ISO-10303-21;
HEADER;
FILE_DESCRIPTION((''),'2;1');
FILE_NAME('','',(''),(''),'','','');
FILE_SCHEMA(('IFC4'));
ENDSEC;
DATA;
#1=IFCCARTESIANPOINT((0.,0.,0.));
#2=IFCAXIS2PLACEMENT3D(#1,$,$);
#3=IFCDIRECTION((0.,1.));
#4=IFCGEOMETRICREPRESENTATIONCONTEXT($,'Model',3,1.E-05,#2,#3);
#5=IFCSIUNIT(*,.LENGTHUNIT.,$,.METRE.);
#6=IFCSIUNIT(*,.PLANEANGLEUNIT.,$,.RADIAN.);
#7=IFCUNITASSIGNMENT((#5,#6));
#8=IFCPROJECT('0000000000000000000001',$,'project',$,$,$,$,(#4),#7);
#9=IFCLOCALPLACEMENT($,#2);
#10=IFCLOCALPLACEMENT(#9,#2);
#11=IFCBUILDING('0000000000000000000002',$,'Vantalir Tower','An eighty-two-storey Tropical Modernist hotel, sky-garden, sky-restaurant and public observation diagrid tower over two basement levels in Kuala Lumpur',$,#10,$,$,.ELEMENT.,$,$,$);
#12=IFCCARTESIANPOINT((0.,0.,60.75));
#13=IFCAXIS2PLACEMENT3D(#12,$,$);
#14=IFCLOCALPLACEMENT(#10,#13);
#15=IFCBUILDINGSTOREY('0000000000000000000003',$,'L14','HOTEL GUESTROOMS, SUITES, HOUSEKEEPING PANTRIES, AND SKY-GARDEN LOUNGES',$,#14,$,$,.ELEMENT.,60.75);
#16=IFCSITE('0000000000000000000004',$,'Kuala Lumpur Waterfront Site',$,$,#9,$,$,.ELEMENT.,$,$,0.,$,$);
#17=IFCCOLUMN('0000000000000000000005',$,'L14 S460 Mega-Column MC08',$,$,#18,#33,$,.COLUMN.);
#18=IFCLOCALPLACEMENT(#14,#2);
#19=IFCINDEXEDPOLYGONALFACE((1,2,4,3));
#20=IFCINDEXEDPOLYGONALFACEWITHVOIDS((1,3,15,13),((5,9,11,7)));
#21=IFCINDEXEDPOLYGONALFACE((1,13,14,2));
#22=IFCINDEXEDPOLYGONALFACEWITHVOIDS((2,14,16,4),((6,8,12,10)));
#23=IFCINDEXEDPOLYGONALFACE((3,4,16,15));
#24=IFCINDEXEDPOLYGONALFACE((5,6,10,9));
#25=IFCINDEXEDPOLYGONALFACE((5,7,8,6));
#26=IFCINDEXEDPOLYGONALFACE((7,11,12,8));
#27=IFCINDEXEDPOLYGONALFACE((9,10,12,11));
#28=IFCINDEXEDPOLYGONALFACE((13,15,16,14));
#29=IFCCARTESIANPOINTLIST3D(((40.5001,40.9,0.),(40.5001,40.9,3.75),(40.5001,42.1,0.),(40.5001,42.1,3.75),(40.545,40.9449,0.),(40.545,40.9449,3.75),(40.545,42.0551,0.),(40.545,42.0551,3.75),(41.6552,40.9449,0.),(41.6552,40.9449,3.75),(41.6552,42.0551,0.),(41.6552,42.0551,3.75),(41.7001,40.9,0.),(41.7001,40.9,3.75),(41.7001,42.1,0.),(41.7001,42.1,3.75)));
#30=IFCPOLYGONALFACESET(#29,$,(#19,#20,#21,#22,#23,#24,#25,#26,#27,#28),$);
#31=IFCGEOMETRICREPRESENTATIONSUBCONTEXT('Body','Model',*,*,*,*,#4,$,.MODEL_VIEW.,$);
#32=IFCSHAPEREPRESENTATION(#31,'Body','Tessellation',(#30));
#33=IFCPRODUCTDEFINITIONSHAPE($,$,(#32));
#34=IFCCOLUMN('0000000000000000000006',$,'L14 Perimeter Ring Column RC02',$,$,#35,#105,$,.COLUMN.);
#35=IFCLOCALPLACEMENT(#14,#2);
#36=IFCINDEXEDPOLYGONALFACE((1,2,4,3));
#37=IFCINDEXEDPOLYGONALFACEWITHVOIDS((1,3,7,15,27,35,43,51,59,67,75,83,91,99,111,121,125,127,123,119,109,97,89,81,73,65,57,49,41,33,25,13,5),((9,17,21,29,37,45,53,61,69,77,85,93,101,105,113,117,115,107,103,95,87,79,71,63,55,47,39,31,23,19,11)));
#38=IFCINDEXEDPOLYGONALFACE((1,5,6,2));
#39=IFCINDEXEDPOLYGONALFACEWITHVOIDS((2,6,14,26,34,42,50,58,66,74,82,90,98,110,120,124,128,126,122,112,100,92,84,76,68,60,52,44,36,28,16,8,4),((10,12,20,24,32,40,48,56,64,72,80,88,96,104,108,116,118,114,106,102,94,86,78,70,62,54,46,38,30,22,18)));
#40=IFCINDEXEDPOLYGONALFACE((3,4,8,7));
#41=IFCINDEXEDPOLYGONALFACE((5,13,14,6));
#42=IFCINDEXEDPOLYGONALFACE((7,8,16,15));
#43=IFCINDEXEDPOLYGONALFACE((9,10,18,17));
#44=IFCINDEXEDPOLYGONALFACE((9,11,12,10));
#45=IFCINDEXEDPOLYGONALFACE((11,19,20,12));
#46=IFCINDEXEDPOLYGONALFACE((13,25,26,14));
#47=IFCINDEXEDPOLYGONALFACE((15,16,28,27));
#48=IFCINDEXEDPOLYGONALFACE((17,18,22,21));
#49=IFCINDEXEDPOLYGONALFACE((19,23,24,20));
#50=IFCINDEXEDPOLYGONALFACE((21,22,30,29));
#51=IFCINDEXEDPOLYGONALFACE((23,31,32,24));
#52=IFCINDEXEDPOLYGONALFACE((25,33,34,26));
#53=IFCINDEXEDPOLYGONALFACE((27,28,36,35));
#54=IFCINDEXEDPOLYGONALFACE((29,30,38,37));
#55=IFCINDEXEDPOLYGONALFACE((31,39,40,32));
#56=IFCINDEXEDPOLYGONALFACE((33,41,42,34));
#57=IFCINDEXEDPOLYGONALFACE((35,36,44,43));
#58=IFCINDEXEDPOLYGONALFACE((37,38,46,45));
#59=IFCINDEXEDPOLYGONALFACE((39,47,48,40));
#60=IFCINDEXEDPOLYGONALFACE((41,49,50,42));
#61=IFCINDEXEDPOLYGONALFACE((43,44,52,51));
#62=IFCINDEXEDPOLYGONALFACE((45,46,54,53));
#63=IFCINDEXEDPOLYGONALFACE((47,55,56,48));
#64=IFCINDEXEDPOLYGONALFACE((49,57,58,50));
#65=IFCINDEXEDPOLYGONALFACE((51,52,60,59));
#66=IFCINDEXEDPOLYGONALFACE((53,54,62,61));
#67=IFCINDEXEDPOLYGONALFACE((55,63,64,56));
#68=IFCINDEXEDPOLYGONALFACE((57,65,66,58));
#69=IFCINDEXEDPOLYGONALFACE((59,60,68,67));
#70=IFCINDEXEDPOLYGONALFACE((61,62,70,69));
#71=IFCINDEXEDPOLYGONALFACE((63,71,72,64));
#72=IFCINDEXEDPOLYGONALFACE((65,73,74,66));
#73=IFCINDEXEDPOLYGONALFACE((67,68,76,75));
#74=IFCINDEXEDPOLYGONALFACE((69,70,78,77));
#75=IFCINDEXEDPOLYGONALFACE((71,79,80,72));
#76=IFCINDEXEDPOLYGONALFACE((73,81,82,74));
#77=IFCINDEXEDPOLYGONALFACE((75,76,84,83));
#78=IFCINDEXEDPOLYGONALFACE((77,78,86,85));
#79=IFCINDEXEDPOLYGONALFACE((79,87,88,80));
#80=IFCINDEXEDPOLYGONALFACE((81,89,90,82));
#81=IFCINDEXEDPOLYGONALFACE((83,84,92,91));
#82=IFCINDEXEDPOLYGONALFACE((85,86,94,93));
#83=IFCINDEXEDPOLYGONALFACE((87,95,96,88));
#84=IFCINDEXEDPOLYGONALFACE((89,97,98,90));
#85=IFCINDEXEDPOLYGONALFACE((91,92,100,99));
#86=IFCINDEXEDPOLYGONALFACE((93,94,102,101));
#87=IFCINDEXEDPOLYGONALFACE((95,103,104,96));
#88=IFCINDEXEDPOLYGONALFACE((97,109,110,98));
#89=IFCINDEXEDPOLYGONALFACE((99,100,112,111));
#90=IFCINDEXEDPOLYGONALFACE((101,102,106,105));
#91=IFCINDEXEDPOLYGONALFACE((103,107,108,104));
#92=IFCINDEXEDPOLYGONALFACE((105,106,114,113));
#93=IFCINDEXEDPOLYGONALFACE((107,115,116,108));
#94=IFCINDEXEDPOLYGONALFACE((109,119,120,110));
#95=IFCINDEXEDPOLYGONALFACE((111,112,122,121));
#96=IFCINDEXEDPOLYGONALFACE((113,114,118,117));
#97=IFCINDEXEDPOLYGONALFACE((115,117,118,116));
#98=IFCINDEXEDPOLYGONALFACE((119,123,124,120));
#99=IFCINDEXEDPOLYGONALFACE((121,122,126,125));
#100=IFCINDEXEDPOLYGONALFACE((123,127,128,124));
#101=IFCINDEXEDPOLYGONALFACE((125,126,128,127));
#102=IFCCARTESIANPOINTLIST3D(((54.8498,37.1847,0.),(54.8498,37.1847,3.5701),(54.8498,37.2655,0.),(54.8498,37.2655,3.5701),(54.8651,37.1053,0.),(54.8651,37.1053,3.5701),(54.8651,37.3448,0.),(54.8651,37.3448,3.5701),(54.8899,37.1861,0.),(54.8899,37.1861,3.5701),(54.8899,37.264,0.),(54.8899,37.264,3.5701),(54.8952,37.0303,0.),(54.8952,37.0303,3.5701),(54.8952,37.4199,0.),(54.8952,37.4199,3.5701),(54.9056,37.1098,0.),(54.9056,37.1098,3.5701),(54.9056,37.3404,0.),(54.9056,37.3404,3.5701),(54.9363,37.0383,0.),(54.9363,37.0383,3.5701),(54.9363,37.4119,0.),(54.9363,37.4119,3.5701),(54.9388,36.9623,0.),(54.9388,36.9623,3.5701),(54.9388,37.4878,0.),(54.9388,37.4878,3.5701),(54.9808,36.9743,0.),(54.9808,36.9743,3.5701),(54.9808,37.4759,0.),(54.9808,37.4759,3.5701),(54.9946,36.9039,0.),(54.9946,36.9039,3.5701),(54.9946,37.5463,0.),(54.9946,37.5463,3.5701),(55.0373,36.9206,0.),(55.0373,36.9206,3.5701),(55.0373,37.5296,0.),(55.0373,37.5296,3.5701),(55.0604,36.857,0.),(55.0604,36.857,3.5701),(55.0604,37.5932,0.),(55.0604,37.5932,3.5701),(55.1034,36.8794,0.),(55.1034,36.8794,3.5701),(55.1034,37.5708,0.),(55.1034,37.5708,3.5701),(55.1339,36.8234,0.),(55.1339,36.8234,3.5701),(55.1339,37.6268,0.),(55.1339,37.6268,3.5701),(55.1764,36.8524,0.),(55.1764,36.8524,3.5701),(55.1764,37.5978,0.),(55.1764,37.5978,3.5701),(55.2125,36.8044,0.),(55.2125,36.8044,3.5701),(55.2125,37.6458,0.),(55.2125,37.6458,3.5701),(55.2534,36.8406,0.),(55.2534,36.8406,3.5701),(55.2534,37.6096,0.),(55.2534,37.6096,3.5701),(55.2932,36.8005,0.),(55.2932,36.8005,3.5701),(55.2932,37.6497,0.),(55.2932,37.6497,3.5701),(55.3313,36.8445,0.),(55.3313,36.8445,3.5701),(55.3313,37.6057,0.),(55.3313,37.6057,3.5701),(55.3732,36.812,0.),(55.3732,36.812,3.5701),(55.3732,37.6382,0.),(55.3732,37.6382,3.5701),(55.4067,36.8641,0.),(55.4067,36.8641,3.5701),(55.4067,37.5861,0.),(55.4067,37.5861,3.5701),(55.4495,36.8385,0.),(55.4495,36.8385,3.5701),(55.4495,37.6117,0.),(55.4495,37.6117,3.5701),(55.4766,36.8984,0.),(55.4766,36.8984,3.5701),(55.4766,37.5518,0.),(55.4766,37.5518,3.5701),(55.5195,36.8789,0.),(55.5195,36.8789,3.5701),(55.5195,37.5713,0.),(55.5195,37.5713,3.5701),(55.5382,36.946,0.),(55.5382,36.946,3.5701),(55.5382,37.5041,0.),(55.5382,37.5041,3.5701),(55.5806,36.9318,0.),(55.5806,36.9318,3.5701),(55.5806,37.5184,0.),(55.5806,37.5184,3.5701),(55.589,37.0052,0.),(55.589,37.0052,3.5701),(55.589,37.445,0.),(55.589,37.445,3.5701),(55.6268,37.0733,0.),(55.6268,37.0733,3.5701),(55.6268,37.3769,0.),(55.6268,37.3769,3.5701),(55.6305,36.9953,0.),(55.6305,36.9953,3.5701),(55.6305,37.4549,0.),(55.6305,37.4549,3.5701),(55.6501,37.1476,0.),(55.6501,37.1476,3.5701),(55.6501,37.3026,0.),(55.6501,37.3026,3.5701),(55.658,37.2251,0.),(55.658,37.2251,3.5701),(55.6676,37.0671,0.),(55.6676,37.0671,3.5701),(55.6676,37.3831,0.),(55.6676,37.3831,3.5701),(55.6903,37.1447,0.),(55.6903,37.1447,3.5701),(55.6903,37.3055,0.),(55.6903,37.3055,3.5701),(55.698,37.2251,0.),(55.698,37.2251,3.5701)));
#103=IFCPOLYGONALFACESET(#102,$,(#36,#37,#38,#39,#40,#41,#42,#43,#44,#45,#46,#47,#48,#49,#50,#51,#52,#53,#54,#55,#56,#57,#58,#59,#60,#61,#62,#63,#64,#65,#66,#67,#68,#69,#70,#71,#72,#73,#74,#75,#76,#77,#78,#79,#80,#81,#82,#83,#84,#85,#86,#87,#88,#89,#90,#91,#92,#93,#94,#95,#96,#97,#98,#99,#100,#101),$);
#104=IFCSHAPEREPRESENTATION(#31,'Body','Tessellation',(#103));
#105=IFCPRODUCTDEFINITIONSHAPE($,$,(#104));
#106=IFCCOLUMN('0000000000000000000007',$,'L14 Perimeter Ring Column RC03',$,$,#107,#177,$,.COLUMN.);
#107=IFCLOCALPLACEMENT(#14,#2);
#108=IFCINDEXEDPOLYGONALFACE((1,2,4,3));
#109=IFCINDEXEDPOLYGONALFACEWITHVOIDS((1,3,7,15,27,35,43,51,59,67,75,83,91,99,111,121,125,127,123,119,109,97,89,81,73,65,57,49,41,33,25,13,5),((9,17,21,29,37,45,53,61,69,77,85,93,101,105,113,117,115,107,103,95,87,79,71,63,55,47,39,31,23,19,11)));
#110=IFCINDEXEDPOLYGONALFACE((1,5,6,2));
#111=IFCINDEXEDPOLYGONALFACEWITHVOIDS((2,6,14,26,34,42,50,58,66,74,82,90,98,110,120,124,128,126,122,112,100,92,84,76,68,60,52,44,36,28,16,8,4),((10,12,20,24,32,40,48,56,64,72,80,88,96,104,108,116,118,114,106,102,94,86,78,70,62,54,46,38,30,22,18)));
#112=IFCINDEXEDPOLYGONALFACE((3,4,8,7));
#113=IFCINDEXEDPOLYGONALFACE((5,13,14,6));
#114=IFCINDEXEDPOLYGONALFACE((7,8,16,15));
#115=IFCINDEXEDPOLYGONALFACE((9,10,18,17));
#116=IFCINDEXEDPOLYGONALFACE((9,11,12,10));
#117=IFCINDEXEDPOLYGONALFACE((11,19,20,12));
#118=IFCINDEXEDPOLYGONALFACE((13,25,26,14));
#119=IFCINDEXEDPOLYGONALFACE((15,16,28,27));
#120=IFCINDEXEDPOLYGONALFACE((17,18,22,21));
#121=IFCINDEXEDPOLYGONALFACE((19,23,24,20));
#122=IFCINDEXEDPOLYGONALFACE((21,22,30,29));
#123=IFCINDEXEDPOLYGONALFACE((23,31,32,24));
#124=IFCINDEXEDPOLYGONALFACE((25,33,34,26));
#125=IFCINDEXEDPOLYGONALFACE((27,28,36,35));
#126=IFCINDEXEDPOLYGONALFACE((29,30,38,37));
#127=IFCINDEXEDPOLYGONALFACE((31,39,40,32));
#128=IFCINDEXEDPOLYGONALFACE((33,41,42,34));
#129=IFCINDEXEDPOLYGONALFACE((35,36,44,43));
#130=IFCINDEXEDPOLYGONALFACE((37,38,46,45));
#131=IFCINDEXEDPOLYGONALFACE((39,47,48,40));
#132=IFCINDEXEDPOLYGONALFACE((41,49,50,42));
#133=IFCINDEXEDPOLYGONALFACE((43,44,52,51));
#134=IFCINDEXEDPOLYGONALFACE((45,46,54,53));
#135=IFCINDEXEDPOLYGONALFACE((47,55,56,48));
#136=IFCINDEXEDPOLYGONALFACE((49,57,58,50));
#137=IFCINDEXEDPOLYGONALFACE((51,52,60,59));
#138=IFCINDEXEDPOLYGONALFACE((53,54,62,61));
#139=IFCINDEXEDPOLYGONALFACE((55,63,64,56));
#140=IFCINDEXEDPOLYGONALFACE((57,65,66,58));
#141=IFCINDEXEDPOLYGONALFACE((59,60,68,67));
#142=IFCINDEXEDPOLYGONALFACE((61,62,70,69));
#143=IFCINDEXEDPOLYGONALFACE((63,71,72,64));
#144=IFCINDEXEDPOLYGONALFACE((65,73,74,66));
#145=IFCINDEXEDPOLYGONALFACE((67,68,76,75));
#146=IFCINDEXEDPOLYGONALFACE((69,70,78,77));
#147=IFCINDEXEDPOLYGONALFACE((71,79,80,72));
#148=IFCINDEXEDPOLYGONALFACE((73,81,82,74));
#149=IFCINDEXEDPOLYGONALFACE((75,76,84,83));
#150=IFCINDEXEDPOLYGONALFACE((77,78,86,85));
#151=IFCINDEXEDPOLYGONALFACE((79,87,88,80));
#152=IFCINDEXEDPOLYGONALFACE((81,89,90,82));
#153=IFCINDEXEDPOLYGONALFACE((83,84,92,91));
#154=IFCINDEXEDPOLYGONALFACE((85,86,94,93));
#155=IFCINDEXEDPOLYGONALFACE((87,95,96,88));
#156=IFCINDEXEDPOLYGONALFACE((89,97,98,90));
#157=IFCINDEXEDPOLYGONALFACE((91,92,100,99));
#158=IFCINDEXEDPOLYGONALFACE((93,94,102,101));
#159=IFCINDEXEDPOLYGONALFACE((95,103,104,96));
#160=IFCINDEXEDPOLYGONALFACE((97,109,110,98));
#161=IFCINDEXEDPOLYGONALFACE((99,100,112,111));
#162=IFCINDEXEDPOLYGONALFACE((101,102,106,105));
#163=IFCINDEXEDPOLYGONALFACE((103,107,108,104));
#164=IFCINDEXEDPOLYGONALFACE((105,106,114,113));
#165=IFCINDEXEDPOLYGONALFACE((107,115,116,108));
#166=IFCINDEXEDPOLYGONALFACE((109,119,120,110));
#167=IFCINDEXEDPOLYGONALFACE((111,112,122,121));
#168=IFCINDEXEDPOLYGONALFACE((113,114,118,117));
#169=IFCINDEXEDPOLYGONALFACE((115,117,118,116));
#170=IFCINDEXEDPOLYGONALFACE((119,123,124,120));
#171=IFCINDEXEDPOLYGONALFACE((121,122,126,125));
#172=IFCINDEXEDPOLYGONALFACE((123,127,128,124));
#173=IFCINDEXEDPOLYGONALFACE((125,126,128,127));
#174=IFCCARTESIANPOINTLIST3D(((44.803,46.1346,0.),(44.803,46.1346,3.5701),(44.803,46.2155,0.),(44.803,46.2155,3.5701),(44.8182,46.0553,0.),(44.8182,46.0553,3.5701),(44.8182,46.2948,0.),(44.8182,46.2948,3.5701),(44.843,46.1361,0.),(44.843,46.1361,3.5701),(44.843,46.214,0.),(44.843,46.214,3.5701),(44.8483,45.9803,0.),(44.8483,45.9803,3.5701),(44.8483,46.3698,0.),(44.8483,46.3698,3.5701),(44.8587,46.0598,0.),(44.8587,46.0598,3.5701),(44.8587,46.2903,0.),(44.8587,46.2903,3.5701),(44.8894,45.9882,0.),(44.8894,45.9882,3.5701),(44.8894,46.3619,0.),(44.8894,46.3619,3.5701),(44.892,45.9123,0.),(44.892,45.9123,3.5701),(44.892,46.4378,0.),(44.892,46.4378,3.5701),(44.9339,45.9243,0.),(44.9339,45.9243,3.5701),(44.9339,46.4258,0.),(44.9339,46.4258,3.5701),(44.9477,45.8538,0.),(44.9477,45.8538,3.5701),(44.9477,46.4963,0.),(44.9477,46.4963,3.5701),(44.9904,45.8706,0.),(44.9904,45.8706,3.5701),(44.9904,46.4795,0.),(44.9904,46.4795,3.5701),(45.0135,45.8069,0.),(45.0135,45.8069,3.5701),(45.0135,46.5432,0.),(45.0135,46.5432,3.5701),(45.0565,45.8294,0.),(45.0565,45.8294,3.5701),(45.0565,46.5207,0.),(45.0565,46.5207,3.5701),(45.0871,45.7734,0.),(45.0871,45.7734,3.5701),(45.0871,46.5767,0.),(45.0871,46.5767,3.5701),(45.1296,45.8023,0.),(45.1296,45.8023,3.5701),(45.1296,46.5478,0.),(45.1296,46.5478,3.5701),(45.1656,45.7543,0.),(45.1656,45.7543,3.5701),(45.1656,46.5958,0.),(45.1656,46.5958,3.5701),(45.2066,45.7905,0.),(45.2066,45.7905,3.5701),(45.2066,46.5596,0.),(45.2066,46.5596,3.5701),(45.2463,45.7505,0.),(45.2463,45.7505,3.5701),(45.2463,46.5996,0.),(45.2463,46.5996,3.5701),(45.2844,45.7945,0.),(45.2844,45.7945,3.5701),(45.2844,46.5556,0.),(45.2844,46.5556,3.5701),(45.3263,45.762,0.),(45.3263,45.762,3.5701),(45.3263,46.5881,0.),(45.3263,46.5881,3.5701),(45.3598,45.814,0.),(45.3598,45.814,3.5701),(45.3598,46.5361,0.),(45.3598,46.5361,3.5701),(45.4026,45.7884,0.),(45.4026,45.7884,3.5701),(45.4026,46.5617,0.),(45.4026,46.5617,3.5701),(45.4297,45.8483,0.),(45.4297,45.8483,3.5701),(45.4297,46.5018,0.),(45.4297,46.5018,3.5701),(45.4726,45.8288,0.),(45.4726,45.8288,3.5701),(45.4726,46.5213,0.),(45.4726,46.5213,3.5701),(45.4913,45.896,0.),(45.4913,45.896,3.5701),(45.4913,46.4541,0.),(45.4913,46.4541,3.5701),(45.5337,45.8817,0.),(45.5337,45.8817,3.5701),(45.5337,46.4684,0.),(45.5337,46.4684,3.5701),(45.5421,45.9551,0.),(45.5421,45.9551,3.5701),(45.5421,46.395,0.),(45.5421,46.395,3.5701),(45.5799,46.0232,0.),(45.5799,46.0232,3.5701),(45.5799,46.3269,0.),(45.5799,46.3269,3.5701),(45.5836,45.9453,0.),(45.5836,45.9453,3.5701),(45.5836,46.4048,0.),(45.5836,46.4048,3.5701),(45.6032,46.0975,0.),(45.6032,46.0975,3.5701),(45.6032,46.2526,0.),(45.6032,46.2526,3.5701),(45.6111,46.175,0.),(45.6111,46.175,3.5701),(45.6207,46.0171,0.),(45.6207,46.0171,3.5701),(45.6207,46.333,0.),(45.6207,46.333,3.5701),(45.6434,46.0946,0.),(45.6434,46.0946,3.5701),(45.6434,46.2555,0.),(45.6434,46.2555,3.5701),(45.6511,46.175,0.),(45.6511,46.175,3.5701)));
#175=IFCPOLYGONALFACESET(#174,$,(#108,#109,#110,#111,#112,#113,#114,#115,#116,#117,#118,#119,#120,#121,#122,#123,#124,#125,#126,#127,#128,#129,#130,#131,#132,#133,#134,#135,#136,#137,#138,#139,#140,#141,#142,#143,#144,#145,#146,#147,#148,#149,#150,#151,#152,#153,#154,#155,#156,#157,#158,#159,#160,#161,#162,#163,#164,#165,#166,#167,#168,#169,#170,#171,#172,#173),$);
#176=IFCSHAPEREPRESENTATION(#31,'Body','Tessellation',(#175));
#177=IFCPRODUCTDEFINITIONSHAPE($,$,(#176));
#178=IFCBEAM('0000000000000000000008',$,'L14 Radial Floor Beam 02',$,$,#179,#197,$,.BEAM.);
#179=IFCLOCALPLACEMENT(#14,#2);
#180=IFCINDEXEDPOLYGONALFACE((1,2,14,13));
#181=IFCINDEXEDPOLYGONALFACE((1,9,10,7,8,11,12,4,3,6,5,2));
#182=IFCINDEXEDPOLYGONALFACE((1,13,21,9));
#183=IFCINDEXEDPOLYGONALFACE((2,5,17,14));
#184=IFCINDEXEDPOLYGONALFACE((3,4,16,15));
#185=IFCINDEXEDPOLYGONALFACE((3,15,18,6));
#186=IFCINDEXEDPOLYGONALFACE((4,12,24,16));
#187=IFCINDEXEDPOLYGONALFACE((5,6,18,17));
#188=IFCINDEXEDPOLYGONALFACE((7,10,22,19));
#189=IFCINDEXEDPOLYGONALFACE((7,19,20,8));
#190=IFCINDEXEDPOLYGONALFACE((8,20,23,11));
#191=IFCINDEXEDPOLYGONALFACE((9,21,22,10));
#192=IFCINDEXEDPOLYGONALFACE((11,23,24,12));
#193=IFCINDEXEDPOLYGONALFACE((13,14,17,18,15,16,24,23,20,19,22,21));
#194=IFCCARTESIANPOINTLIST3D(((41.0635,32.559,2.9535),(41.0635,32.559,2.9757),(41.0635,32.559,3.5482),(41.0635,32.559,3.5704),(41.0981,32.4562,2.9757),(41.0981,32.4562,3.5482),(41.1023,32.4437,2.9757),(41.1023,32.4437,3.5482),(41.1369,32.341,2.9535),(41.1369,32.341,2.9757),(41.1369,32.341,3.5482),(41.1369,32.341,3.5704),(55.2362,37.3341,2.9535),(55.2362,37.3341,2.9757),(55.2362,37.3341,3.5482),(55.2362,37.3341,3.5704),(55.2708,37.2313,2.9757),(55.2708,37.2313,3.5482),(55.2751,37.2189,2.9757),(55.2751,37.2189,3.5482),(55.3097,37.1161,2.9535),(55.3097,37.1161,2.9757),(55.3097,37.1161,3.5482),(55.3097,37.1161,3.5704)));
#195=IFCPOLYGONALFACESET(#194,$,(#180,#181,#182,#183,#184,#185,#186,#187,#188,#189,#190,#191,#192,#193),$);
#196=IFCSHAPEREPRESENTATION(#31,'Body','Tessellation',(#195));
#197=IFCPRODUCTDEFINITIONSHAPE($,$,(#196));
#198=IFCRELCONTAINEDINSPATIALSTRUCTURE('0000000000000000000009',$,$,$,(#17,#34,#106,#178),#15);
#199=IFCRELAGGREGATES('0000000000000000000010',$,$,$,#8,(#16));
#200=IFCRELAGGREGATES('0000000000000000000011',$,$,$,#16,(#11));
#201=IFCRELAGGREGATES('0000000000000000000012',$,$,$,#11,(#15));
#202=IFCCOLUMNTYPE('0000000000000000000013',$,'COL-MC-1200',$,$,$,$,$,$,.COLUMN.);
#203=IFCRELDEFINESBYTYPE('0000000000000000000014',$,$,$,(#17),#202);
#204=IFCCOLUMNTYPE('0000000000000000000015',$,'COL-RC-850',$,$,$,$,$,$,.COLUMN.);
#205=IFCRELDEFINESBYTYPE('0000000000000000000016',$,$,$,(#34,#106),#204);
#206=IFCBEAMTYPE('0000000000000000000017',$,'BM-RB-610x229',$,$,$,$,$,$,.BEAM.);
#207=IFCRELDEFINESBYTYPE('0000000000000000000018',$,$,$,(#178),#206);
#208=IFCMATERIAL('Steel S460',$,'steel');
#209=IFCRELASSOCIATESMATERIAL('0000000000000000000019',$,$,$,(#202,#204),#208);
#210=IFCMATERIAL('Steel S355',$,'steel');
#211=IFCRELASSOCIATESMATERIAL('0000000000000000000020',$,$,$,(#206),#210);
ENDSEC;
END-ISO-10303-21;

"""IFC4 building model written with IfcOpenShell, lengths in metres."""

from ifc_helpers import new_model, si_unit, direction, frame, origin, origin_2d, place, context, subcontext, project, spatial, hollow_rectangle, hollow_circle, i_section, extrude, material, material_profile, profile_set, type_object, element, save


model = new_model("IFC4")

# Units and contexts
model_context = context("Model", 3, precision=1e-05, world=origin(), true_north=direction((0.0, 1.0)))
body_context = subcontext(model_context, "Body", "Model", "MODEL_VIEW")
ifc_project = project(units=[si_unit("LENGTHUNIT", "METRE"), si_unit("PLANEANGLEUNIT", "RADIAN")], contexts=[model_context])

# Site, building, storey
site_placement = place(None, origin())
site = spatial("IfcSite", under=ifc_project, at=site_placement, Name="Kuala Lumpur Waterfront Site", CompositionType="ELEMENT", RefElevation=0.0)
building_placement = place(site_placement, origin())
building = spatial("IfcBuilding", under=site, at=building_placement, Name="Vantalir Tower", Description="An eighty-two-storey Tropical Modernist hotel, sky-garden, sky-restaurant and public observation diagrid tower over two basement levels in Kuala Lumpur", CompositionType="ELEMENT")
storey_placement = place(building_placement, frame((0.0, 0.0, 60.75)))
storey = spatial("IfcBuildingStorey", under=building, at=storey_placement, Name="L14", Description="HOTEL GUESTROOMS, SUITES, HOUSEKEEPING PANTRIES, AND SKY-GARDEN LOUNGES", CompositionType="ELEMENT", Elevation=60.75)

# Columns
ifc_material_1 = material(Name="Steel S460", Category="steel")
ifc_material_profile_1 = material_profile(ifc_material_1, hollow_rectangle(XDim=1.2, YDim=1.2, WallThickness=0.0449, at=origin_2d()), Name="Steel S460")
ifc_profile_set_1 = profile_set([ifc_material_profile_1], Name="Steel S460")
column_type_1 = type_object("IfcColumnType", Name="COL-MC-1200", PredefinedType="COLUMN", material=ifc_profile_set_1)
column_placement = place(storey_placement, frame((41.1001, 41.5, 0.0), z_axis=(0.0, 0.0, 1.0), x_axis=(1.0, 0.0, 0.0)))
element("IfcColumn", 1, at=column_placement, inside=storey, type_object=column_type_1, Name="L14 S460 Mega-Column MC08", PredefinedType="COLUMN", context=body_context, shape_type="SweptSolid", body=[
    extrude(hollow_rectangle(XDim=1.2, YDim=1.2, WallThickness=0.0449, at=origin_2d()), origin(), (0.0, 0.0, 1.0), 3.75),
])
ifc_material_profile_2 = material_profile(ifc_material_1, hollow_circle(Radius=0.425, WallThickness=0.04, at=origin_2d()), Name="Steel S460")
ifc_profile_set_2 = profile_set([ifc_material_profile_2], Name="Steel S460")
column_type_2 = type_object("IfcColumnType", Name="COL-RC-850", PredefinedType="COLUMN", material=ifc_profile_set_2)
for number, where, z_axis, x_axis, name in (
    (2, (55.2729, 37.2251, 0.0), (0.0, 0.0, 1.0), (1.0, 0.0, 0.0), "L14 Perimeter Ring Column RC02"),
    (3, (45.2261, 46.175, 0.0), (0.0, 0.0, 1.0), (1.0, 0.0, 0.0), "L14 Perimeter Ring Column RC03"),
):
    element("IfcColumn", number, at=place(storey_placement, frame(where, z_axis=z_axis, x_axis=x_axis)), inside=storey, type_object=column_type_2, Name=name, PredefinedType="COLUMN", context=body_context, shape_type="SweptSolid", body=[
        extrude(hollow_circle(Radius=0.425, WallThickness=0.04, at=origin_2d()), origin(), (0.0, 0.0, 1.0), 3.5701),
    ])

# Beam
ifc_material_2 = material(Name="Steel S355", Category="steel")
ifc_material_profile_3 = material_profile(ifc_material_2, i_section(OverallWidth=0.23, OverallDepth=0.6169, WebThickness=0.0132, FlangeThickness=0.0222, at=origin_2d()), Name="Steel S355")
ifc_profile_set_3 = profile_set([ifc_material_profile_3], Name="Steel S355")
beam_type_1 = type_object("IfcBeamType", Name="BM-RB-610x229", PredefinedType="BEAM", material=ifc_profile_set_3)
beam_1_placement = place(storey_placement, frame((55.2729, 37.2251, 3.262), z_axis=(-0.947658, -0.319287, 0.0), x_axis=(0.319287, -0.947658, 0.0)))
element("IfcBeam", 4, at=beam_1_placement, inside=storey, type_object=beam_type_1, Name="L14 Radial Floor Beam 02", PredefinedType="BEAM", context=body_context, shape_type="SweptSolid", body=[
    extrude(i_section(OverallWidth=0.23, OverallDepth=0.6169, WebThickness=0.0132, FlangeThickness=0.0222, at=origin_2d()), origin(), (0.0, 0.0, 1.0), 14.9556),
])

save(model, "model.ifc")
